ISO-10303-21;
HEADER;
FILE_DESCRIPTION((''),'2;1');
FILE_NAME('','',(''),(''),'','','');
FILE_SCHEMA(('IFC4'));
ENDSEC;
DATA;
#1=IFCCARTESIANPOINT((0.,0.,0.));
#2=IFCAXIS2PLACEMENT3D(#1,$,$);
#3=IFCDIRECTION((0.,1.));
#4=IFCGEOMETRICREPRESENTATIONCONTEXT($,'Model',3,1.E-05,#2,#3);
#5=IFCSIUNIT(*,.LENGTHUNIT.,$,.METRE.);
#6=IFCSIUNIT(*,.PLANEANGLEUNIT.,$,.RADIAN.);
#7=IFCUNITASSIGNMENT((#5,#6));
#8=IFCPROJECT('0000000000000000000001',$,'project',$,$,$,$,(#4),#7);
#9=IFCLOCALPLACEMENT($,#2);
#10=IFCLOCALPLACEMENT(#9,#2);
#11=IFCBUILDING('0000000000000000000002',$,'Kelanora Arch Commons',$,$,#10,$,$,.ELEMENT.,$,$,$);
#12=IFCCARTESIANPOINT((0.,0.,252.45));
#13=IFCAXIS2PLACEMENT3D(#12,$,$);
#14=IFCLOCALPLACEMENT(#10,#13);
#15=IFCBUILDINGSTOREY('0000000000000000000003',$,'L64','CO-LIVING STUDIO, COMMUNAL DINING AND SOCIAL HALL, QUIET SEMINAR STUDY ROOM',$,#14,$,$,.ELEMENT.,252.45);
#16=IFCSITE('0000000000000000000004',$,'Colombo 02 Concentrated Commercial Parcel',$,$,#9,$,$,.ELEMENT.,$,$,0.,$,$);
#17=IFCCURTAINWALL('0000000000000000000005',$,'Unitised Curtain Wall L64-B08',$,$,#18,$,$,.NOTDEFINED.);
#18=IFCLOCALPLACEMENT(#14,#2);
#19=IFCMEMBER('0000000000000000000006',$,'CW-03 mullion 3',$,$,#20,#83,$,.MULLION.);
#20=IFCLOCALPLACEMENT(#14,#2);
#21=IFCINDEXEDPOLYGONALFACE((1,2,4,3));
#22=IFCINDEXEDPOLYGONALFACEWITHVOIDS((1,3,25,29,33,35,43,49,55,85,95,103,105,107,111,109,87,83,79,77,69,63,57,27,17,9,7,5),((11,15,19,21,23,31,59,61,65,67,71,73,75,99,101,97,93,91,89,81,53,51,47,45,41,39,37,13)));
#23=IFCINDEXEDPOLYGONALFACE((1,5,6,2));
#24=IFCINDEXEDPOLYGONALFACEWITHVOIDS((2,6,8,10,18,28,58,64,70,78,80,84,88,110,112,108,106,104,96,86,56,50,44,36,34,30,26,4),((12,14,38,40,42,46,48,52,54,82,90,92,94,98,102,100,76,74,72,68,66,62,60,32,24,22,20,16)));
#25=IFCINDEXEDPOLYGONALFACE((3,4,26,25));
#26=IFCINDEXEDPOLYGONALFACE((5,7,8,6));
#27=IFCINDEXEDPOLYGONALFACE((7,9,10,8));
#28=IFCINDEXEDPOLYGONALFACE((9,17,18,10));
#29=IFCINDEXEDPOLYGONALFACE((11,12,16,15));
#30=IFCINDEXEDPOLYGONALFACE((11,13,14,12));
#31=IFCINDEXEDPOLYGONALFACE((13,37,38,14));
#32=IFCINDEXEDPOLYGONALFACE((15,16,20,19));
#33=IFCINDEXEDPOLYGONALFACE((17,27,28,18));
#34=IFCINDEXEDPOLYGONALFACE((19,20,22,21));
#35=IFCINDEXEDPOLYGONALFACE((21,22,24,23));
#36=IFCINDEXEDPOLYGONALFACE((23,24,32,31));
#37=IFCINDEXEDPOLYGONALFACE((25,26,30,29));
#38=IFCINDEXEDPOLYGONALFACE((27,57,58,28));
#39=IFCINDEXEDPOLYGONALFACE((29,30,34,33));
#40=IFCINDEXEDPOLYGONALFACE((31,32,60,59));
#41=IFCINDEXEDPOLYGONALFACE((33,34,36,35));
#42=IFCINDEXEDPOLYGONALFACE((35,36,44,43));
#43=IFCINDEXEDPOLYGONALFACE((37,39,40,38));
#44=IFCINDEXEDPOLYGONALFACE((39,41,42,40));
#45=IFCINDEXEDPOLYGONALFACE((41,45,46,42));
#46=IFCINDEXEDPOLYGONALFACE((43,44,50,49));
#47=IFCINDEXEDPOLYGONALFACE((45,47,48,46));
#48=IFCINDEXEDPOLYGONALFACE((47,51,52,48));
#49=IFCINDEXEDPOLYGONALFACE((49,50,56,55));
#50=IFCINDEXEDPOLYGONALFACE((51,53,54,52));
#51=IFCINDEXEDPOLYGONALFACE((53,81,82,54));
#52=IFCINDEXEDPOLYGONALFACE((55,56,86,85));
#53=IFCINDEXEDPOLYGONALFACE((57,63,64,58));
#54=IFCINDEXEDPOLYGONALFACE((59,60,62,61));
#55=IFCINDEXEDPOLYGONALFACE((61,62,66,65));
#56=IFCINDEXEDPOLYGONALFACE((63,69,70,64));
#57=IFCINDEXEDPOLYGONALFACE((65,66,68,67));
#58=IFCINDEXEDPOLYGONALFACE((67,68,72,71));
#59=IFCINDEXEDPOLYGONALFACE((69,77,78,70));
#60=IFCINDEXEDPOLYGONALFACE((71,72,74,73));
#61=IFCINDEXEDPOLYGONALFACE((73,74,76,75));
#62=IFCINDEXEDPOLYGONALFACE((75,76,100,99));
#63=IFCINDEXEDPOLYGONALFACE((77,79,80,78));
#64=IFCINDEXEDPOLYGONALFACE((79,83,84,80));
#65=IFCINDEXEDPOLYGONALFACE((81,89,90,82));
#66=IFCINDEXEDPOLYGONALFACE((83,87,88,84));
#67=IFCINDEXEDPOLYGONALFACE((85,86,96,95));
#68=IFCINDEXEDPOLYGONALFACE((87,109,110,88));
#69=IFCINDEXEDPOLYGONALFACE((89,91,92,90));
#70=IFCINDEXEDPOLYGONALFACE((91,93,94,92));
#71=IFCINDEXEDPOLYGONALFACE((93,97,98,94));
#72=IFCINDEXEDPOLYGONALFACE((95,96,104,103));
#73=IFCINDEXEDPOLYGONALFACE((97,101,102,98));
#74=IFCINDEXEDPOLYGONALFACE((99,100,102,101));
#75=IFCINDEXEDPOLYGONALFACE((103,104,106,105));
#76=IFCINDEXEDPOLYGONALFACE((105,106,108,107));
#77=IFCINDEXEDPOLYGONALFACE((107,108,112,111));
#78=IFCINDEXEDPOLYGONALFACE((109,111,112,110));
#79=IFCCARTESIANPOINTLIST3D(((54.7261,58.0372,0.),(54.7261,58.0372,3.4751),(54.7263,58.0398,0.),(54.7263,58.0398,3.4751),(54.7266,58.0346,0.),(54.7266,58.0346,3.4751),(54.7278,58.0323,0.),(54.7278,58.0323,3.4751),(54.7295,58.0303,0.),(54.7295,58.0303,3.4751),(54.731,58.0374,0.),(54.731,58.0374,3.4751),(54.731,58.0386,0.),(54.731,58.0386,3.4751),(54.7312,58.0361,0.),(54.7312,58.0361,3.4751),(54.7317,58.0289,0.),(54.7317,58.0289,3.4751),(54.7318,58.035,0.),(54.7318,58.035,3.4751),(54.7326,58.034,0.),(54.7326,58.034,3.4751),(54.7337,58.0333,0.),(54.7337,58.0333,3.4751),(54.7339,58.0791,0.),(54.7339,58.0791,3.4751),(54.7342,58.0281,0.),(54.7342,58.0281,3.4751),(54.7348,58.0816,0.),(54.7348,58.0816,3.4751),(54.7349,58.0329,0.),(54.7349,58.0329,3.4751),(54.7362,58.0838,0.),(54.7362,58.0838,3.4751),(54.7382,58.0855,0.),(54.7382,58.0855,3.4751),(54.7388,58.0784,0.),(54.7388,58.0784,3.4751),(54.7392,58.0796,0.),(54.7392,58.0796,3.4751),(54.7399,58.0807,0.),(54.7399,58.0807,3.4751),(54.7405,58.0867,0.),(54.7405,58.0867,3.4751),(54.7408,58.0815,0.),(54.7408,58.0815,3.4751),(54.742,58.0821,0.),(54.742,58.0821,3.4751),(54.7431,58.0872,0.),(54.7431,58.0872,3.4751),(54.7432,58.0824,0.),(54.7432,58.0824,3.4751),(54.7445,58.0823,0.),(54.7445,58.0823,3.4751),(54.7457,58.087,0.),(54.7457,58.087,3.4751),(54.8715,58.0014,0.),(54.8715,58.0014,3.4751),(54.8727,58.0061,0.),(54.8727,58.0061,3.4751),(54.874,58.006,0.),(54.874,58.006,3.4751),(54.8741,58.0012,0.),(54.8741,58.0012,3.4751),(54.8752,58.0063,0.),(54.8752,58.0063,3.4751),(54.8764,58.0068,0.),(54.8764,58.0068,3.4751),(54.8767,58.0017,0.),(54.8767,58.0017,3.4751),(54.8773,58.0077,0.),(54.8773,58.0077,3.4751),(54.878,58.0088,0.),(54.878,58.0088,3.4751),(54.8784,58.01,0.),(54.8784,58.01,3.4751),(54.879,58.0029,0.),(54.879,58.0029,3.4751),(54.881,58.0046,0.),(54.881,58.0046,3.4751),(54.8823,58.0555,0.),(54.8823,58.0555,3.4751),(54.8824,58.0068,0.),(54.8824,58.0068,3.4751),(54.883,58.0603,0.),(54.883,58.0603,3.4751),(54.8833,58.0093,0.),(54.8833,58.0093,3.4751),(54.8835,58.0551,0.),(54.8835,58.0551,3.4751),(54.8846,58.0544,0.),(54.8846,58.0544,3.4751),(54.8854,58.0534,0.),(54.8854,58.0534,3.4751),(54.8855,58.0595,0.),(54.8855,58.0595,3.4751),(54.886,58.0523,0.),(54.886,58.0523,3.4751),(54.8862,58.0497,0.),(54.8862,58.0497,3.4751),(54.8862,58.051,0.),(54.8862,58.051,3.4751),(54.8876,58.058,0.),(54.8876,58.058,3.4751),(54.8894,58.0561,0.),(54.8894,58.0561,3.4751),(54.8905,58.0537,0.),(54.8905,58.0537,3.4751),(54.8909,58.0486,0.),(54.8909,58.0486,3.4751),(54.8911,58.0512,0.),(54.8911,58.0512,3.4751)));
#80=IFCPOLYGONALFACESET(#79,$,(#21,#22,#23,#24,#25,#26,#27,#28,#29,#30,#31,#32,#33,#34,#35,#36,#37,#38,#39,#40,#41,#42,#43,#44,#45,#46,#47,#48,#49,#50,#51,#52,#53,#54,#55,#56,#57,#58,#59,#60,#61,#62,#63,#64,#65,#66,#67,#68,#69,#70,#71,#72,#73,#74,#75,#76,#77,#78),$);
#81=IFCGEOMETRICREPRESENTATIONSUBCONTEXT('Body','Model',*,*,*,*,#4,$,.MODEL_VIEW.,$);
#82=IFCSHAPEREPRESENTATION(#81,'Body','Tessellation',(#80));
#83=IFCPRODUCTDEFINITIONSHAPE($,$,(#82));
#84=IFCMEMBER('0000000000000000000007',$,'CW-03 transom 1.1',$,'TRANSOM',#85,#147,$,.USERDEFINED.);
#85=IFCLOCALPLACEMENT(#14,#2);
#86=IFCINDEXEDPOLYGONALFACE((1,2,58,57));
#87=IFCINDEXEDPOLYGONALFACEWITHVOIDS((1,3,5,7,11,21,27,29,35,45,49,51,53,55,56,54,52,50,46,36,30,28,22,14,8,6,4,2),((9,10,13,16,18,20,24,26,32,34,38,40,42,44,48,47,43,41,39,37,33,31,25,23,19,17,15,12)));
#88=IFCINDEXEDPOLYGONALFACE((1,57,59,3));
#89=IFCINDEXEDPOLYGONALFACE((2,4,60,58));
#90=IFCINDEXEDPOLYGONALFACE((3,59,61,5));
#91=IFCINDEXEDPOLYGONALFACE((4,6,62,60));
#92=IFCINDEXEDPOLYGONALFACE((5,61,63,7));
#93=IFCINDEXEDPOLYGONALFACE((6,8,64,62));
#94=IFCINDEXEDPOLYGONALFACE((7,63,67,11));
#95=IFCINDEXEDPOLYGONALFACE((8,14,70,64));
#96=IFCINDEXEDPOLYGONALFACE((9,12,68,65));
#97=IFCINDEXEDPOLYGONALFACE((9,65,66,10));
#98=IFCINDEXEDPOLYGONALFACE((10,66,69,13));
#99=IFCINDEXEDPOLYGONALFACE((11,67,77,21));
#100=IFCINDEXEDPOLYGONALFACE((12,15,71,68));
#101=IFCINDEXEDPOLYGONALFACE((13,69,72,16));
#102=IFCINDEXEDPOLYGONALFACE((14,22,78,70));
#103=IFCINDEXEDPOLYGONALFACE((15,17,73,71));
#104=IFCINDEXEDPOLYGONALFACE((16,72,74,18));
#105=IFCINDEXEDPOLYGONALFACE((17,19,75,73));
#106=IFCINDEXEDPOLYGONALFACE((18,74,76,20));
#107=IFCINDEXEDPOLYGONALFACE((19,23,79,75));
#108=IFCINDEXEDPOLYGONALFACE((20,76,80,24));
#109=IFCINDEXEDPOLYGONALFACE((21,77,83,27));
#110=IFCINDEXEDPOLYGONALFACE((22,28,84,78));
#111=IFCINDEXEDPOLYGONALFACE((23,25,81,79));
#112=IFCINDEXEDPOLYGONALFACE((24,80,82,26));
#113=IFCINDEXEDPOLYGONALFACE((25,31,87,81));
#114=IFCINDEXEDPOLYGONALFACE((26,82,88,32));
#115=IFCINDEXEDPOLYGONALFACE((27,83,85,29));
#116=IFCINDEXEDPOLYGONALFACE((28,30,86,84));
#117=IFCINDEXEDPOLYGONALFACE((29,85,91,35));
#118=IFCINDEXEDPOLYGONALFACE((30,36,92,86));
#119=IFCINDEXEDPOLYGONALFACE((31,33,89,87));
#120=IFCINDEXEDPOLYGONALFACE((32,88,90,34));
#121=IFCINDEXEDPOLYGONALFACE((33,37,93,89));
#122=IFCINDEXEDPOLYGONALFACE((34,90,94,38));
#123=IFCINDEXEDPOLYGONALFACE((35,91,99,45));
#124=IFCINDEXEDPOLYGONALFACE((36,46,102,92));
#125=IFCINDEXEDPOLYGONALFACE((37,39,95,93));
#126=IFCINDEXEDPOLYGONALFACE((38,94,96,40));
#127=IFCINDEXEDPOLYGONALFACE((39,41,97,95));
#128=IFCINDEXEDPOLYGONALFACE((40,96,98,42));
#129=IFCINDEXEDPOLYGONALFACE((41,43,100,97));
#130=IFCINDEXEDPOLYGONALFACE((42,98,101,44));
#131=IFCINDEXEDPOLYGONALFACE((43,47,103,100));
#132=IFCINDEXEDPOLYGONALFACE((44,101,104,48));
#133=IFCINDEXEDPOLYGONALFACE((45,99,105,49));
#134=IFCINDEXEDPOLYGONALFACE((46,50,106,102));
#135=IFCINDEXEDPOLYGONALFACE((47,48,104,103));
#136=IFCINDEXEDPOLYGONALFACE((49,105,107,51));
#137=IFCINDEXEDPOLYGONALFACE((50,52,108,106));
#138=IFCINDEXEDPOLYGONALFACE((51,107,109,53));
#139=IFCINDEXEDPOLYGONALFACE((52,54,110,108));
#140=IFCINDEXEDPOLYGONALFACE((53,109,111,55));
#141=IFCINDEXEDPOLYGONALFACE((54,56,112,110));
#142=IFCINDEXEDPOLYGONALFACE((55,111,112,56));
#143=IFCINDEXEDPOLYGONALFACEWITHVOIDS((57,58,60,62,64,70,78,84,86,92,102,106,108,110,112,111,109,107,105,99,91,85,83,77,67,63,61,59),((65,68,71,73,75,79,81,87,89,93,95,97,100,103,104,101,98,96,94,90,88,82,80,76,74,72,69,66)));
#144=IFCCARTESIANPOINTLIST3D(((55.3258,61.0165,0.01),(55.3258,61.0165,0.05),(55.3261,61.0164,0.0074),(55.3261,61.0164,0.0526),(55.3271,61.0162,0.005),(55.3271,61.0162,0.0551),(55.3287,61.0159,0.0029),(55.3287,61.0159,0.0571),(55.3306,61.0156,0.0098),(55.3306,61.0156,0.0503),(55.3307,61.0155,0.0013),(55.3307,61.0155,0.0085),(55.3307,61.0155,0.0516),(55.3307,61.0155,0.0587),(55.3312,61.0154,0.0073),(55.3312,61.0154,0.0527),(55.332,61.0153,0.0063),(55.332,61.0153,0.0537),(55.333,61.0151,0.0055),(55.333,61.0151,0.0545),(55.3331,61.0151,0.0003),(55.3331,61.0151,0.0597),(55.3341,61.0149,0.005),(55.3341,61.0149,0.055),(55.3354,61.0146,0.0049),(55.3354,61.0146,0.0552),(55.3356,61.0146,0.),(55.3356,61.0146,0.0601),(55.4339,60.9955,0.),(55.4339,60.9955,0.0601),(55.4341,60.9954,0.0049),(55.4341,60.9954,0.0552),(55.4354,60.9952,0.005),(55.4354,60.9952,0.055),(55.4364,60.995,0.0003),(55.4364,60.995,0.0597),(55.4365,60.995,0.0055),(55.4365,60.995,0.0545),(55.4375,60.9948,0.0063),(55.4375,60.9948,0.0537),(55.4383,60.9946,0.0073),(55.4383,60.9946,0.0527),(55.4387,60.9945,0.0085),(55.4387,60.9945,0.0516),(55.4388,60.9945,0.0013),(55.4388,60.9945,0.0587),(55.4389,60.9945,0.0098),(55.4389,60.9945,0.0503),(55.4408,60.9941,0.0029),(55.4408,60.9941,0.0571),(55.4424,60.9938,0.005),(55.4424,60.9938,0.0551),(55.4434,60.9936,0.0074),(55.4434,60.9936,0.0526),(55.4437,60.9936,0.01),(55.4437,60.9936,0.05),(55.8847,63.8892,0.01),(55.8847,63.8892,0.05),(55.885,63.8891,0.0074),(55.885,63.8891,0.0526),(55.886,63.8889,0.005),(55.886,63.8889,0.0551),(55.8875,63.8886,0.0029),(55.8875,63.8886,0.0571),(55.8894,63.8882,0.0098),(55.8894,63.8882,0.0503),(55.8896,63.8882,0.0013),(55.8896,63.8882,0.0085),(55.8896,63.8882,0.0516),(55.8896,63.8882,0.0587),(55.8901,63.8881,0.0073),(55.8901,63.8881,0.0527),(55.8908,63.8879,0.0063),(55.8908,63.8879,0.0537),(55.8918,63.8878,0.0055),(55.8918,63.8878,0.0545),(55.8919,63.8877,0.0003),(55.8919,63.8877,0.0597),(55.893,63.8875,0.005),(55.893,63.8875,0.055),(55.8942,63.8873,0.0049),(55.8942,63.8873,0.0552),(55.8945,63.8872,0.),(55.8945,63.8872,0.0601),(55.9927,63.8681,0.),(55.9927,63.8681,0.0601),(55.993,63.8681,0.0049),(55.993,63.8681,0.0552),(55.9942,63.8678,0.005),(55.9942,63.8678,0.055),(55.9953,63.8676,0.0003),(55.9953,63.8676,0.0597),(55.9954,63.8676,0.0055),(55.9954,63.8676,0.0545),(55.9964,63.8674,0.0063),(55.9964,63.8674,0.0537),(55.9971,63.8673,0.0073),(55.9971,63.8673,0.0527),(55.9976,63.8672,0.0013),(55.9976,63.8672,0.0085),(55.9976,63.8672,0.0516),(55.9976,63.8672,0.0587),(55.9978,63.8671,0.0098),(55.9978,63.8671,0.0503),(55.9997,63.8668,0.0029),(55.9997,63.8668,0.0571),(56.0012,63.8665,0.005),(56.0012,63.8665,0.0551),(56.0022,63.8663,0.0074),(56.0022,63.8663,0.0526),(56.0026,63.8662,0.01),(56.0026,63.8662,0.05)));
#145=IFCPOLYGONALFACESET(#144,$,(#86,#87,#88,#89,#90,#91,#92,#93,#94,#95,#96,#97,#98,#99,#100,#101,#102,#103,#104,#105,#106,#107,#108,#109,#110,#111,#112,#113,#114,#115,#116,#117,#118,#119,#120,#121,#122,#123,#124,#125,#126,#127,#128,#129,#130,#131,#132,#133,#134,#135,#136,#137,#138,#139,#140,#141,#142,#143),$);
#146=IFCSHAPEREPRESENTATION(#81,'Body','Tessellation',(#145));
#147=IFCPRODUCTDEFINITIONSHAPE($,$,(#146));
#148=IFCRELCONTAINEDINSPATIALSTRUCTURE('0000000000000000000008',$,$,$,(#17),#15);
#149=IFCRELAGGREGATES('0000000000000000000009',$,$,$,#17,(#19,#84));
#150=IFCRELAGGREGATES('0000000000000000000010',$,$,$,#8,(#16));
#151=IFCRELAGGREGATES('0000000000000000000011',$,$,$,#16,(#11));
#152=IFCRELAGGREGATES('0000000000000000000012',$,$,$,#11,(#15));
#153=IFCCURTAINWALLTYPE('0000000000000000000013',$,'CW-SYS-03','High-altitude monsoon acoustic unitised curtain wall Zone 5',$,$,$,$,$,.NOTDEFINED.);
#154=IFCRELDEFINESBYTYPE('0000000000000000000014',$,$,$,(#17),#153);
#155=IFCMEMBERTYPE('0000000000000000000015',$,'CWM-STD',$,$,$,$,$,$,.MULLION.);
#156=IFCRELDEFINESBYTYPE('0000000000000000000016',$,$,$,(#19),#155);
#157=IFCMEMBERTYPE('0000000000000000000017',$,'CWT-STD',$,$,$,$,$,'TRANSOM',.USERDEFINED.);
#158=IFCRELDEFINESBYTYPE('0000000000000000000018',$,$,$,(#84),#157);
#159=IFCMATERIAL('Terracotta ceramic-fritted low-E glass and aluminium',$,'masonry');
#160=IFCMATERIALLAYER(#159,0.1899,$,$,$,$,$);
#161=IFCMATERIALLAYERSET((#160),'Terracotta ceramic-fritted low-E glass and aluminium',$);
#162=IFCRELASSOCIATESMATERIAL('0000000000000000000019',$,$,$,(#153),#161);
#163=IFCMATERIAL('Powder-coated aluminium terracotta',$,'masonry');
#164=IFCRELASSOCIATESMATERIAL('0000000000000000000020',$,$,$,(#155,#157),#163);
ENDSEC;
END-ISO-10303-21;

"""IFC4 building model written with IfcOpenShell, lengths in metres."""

from ifc_helpers import new_model, si_unit, direction, frame, origin, origin_2d, place, context, subcontext, project, spatial, hollow_rectangle, extrude, material, layer, layer_set, material_profile, profile_set, type_object, element, aggregate, save


model = new_model("IFC4")

# Units and contexts
model_context = context("Model", 3, precision=1e-05, world=origin(), true_north=direction((0.0, 1.0)))
body_context = subcontext(model_context, "Body", "Model", "MODEL_VIEW")
ifc_project = project(units=[si_unit("LENGTHUNIT", "METRE"), si_unit("PLANEANGLEUNIT", "RADIAN")], contexts=[model_context])

# Site, building, storey
site_placement = place(None, origin())
site = spatial("IfcSite", under=ifc_project, at=site_placement, Name="Colombo 02 Concentrated Commercial Parcel", CompositionType="ELEMENT", RefElevation=0.0)
building_placement = place(site_placement, origin())
building = spatial("IfcBuilding", under=site, at=building_placement, Name="Kelanora Arch Commons", CompositionType="ELEMENT")
storey_placement = place(building_placement, frame((0.0, 0.0, 252.45)))
storey = spatial("IfcBuildingStorey", under=building, at=storey_placement, Name="L64", Description="CO-LIVING STUDIO, COMMUNAL DINING AND SOCIAL HALL, QUIET SEMINAR STUDY ROOM", CompositionType="ELEMENT", Elevation=252.45)

# Curtain wall, members
ifc_material_1 = material(Name="Terracotta ceramic-fritted low-E glass and aluminium", Category="masonry")
ifc_layer_1 = layer(ifc_material_1, 0.1899)
ifc_layer_set_1 = layer_set([ifc_layer_1], Name="Terracotta ceramic-fritted low-E glass and aluminium")
curtain_wall_type = type_object("IfcCurtainWallType", Name="CW-SYS-03", Description="High-altitude monsoon acoustic unitised curtain wall Zone 5", PredefinedType="NOTDEFINED", material=ifc_layer_set_1)
curtain_wall_placement = place(storey_placement, origin())
curtain_wall = element("IfcCurtainWall", 1, at=curtain_wall_placement, inside=storey, type_object=curtain_wall_type, Name="Unitised Curtain Wall L64-B08", PredefinedType="NOTDEFINED")
ifc_material_2 = material(Name="Powder-coated aluminium terracotta", Category="masonry")
ifc_material_profile_1 = material_profile(ifc_material_2, hollow_rectangle(XDim=0.1599, YDim=0.0601, WallThickness=0.0049, InnerFilletRadius=0.0049, OuterFilletRadius=0.01, at=origin_2d()), Name="CWM160x60")
ifc_profile_set_1 = profile_set([ifc_material_profile_1], Name="Powder-coated aluminium terracotta")
member_type_1 = type_object("IfcMemberType", Name="CWM-STD", PredefinedType="MULLION", material=ifc_profile_set_1)
member_1_placement = place(storey_placement, frame((54.8086, 58.0442, 0.0), z_axis=(0.0, 0.0, 1.0), x_axis=(0.981596, -0.190972, 0.0)))
member_1 = element("IfcMember", 2, at=member_1_placement, type_object=member_type_1, Name="CW-03 mullion 3", PredefinedType="MULLION", context=body_context, shape_type="SweptSolid", body=[
    extrude(hollow_rectangle(XDim=0.1599, YDim=0.0601, WallThickness=0.0049, InnerFilletRadius=0.0049, OuterFilletRadius=0.01, at=origin_2d()), origin(), (0.0, 0.0, 1.0), 3.4751),
])
ifc_material_profile_2 = material_profile(ifc_material_2, hollow_rectangle(XDim=0.1201, YDim=0.0601, WallThickness=0.0049, InnerFilletRadius=0.0049, OuterFilletRadius=0.01, at=origin_2d()), Name="CWT120x60")
ifc_profile_set_2 = profile_set([ifc_material_profile_2], Name="Powder-coated aluminium terracotta")
member_type_2 = type_object("IfcMemberType", Name="CWT-STD", ElementType="TRANSOM", PredefinedType="USERDEFINED", material=ifc_profile_set_2)
member_2_placement = place(storey_placement, frame((55.9436, 63.8777, 0.03), z_axis=(-0.190963, -0.981597, 0.0), x_axis=(0.981597, -0.190963, 0.0)))
member_2 = element("IfcMember", 3, at=member_2_placement, type_object=member_type_2, Name="CW-03 transom 1.1", ObjectType="TRANSOM", PredefinedType="USERDEFINED", context=body_context, shape_type="SweptSolid", body=[
    extrude(hollow_rectangle(XDim=0.1201, YDim=0.0601, WallThickness=0.0049, InnerFilletRadius=0.0049, OuterFilletRadius=0.01, at=origin_2d()), origin(), (0.0, 0.0, 1.0), 2.9265),
])
aggregate(curtain_wall, [member_1, member_2])

save(model, "model.ifc")
